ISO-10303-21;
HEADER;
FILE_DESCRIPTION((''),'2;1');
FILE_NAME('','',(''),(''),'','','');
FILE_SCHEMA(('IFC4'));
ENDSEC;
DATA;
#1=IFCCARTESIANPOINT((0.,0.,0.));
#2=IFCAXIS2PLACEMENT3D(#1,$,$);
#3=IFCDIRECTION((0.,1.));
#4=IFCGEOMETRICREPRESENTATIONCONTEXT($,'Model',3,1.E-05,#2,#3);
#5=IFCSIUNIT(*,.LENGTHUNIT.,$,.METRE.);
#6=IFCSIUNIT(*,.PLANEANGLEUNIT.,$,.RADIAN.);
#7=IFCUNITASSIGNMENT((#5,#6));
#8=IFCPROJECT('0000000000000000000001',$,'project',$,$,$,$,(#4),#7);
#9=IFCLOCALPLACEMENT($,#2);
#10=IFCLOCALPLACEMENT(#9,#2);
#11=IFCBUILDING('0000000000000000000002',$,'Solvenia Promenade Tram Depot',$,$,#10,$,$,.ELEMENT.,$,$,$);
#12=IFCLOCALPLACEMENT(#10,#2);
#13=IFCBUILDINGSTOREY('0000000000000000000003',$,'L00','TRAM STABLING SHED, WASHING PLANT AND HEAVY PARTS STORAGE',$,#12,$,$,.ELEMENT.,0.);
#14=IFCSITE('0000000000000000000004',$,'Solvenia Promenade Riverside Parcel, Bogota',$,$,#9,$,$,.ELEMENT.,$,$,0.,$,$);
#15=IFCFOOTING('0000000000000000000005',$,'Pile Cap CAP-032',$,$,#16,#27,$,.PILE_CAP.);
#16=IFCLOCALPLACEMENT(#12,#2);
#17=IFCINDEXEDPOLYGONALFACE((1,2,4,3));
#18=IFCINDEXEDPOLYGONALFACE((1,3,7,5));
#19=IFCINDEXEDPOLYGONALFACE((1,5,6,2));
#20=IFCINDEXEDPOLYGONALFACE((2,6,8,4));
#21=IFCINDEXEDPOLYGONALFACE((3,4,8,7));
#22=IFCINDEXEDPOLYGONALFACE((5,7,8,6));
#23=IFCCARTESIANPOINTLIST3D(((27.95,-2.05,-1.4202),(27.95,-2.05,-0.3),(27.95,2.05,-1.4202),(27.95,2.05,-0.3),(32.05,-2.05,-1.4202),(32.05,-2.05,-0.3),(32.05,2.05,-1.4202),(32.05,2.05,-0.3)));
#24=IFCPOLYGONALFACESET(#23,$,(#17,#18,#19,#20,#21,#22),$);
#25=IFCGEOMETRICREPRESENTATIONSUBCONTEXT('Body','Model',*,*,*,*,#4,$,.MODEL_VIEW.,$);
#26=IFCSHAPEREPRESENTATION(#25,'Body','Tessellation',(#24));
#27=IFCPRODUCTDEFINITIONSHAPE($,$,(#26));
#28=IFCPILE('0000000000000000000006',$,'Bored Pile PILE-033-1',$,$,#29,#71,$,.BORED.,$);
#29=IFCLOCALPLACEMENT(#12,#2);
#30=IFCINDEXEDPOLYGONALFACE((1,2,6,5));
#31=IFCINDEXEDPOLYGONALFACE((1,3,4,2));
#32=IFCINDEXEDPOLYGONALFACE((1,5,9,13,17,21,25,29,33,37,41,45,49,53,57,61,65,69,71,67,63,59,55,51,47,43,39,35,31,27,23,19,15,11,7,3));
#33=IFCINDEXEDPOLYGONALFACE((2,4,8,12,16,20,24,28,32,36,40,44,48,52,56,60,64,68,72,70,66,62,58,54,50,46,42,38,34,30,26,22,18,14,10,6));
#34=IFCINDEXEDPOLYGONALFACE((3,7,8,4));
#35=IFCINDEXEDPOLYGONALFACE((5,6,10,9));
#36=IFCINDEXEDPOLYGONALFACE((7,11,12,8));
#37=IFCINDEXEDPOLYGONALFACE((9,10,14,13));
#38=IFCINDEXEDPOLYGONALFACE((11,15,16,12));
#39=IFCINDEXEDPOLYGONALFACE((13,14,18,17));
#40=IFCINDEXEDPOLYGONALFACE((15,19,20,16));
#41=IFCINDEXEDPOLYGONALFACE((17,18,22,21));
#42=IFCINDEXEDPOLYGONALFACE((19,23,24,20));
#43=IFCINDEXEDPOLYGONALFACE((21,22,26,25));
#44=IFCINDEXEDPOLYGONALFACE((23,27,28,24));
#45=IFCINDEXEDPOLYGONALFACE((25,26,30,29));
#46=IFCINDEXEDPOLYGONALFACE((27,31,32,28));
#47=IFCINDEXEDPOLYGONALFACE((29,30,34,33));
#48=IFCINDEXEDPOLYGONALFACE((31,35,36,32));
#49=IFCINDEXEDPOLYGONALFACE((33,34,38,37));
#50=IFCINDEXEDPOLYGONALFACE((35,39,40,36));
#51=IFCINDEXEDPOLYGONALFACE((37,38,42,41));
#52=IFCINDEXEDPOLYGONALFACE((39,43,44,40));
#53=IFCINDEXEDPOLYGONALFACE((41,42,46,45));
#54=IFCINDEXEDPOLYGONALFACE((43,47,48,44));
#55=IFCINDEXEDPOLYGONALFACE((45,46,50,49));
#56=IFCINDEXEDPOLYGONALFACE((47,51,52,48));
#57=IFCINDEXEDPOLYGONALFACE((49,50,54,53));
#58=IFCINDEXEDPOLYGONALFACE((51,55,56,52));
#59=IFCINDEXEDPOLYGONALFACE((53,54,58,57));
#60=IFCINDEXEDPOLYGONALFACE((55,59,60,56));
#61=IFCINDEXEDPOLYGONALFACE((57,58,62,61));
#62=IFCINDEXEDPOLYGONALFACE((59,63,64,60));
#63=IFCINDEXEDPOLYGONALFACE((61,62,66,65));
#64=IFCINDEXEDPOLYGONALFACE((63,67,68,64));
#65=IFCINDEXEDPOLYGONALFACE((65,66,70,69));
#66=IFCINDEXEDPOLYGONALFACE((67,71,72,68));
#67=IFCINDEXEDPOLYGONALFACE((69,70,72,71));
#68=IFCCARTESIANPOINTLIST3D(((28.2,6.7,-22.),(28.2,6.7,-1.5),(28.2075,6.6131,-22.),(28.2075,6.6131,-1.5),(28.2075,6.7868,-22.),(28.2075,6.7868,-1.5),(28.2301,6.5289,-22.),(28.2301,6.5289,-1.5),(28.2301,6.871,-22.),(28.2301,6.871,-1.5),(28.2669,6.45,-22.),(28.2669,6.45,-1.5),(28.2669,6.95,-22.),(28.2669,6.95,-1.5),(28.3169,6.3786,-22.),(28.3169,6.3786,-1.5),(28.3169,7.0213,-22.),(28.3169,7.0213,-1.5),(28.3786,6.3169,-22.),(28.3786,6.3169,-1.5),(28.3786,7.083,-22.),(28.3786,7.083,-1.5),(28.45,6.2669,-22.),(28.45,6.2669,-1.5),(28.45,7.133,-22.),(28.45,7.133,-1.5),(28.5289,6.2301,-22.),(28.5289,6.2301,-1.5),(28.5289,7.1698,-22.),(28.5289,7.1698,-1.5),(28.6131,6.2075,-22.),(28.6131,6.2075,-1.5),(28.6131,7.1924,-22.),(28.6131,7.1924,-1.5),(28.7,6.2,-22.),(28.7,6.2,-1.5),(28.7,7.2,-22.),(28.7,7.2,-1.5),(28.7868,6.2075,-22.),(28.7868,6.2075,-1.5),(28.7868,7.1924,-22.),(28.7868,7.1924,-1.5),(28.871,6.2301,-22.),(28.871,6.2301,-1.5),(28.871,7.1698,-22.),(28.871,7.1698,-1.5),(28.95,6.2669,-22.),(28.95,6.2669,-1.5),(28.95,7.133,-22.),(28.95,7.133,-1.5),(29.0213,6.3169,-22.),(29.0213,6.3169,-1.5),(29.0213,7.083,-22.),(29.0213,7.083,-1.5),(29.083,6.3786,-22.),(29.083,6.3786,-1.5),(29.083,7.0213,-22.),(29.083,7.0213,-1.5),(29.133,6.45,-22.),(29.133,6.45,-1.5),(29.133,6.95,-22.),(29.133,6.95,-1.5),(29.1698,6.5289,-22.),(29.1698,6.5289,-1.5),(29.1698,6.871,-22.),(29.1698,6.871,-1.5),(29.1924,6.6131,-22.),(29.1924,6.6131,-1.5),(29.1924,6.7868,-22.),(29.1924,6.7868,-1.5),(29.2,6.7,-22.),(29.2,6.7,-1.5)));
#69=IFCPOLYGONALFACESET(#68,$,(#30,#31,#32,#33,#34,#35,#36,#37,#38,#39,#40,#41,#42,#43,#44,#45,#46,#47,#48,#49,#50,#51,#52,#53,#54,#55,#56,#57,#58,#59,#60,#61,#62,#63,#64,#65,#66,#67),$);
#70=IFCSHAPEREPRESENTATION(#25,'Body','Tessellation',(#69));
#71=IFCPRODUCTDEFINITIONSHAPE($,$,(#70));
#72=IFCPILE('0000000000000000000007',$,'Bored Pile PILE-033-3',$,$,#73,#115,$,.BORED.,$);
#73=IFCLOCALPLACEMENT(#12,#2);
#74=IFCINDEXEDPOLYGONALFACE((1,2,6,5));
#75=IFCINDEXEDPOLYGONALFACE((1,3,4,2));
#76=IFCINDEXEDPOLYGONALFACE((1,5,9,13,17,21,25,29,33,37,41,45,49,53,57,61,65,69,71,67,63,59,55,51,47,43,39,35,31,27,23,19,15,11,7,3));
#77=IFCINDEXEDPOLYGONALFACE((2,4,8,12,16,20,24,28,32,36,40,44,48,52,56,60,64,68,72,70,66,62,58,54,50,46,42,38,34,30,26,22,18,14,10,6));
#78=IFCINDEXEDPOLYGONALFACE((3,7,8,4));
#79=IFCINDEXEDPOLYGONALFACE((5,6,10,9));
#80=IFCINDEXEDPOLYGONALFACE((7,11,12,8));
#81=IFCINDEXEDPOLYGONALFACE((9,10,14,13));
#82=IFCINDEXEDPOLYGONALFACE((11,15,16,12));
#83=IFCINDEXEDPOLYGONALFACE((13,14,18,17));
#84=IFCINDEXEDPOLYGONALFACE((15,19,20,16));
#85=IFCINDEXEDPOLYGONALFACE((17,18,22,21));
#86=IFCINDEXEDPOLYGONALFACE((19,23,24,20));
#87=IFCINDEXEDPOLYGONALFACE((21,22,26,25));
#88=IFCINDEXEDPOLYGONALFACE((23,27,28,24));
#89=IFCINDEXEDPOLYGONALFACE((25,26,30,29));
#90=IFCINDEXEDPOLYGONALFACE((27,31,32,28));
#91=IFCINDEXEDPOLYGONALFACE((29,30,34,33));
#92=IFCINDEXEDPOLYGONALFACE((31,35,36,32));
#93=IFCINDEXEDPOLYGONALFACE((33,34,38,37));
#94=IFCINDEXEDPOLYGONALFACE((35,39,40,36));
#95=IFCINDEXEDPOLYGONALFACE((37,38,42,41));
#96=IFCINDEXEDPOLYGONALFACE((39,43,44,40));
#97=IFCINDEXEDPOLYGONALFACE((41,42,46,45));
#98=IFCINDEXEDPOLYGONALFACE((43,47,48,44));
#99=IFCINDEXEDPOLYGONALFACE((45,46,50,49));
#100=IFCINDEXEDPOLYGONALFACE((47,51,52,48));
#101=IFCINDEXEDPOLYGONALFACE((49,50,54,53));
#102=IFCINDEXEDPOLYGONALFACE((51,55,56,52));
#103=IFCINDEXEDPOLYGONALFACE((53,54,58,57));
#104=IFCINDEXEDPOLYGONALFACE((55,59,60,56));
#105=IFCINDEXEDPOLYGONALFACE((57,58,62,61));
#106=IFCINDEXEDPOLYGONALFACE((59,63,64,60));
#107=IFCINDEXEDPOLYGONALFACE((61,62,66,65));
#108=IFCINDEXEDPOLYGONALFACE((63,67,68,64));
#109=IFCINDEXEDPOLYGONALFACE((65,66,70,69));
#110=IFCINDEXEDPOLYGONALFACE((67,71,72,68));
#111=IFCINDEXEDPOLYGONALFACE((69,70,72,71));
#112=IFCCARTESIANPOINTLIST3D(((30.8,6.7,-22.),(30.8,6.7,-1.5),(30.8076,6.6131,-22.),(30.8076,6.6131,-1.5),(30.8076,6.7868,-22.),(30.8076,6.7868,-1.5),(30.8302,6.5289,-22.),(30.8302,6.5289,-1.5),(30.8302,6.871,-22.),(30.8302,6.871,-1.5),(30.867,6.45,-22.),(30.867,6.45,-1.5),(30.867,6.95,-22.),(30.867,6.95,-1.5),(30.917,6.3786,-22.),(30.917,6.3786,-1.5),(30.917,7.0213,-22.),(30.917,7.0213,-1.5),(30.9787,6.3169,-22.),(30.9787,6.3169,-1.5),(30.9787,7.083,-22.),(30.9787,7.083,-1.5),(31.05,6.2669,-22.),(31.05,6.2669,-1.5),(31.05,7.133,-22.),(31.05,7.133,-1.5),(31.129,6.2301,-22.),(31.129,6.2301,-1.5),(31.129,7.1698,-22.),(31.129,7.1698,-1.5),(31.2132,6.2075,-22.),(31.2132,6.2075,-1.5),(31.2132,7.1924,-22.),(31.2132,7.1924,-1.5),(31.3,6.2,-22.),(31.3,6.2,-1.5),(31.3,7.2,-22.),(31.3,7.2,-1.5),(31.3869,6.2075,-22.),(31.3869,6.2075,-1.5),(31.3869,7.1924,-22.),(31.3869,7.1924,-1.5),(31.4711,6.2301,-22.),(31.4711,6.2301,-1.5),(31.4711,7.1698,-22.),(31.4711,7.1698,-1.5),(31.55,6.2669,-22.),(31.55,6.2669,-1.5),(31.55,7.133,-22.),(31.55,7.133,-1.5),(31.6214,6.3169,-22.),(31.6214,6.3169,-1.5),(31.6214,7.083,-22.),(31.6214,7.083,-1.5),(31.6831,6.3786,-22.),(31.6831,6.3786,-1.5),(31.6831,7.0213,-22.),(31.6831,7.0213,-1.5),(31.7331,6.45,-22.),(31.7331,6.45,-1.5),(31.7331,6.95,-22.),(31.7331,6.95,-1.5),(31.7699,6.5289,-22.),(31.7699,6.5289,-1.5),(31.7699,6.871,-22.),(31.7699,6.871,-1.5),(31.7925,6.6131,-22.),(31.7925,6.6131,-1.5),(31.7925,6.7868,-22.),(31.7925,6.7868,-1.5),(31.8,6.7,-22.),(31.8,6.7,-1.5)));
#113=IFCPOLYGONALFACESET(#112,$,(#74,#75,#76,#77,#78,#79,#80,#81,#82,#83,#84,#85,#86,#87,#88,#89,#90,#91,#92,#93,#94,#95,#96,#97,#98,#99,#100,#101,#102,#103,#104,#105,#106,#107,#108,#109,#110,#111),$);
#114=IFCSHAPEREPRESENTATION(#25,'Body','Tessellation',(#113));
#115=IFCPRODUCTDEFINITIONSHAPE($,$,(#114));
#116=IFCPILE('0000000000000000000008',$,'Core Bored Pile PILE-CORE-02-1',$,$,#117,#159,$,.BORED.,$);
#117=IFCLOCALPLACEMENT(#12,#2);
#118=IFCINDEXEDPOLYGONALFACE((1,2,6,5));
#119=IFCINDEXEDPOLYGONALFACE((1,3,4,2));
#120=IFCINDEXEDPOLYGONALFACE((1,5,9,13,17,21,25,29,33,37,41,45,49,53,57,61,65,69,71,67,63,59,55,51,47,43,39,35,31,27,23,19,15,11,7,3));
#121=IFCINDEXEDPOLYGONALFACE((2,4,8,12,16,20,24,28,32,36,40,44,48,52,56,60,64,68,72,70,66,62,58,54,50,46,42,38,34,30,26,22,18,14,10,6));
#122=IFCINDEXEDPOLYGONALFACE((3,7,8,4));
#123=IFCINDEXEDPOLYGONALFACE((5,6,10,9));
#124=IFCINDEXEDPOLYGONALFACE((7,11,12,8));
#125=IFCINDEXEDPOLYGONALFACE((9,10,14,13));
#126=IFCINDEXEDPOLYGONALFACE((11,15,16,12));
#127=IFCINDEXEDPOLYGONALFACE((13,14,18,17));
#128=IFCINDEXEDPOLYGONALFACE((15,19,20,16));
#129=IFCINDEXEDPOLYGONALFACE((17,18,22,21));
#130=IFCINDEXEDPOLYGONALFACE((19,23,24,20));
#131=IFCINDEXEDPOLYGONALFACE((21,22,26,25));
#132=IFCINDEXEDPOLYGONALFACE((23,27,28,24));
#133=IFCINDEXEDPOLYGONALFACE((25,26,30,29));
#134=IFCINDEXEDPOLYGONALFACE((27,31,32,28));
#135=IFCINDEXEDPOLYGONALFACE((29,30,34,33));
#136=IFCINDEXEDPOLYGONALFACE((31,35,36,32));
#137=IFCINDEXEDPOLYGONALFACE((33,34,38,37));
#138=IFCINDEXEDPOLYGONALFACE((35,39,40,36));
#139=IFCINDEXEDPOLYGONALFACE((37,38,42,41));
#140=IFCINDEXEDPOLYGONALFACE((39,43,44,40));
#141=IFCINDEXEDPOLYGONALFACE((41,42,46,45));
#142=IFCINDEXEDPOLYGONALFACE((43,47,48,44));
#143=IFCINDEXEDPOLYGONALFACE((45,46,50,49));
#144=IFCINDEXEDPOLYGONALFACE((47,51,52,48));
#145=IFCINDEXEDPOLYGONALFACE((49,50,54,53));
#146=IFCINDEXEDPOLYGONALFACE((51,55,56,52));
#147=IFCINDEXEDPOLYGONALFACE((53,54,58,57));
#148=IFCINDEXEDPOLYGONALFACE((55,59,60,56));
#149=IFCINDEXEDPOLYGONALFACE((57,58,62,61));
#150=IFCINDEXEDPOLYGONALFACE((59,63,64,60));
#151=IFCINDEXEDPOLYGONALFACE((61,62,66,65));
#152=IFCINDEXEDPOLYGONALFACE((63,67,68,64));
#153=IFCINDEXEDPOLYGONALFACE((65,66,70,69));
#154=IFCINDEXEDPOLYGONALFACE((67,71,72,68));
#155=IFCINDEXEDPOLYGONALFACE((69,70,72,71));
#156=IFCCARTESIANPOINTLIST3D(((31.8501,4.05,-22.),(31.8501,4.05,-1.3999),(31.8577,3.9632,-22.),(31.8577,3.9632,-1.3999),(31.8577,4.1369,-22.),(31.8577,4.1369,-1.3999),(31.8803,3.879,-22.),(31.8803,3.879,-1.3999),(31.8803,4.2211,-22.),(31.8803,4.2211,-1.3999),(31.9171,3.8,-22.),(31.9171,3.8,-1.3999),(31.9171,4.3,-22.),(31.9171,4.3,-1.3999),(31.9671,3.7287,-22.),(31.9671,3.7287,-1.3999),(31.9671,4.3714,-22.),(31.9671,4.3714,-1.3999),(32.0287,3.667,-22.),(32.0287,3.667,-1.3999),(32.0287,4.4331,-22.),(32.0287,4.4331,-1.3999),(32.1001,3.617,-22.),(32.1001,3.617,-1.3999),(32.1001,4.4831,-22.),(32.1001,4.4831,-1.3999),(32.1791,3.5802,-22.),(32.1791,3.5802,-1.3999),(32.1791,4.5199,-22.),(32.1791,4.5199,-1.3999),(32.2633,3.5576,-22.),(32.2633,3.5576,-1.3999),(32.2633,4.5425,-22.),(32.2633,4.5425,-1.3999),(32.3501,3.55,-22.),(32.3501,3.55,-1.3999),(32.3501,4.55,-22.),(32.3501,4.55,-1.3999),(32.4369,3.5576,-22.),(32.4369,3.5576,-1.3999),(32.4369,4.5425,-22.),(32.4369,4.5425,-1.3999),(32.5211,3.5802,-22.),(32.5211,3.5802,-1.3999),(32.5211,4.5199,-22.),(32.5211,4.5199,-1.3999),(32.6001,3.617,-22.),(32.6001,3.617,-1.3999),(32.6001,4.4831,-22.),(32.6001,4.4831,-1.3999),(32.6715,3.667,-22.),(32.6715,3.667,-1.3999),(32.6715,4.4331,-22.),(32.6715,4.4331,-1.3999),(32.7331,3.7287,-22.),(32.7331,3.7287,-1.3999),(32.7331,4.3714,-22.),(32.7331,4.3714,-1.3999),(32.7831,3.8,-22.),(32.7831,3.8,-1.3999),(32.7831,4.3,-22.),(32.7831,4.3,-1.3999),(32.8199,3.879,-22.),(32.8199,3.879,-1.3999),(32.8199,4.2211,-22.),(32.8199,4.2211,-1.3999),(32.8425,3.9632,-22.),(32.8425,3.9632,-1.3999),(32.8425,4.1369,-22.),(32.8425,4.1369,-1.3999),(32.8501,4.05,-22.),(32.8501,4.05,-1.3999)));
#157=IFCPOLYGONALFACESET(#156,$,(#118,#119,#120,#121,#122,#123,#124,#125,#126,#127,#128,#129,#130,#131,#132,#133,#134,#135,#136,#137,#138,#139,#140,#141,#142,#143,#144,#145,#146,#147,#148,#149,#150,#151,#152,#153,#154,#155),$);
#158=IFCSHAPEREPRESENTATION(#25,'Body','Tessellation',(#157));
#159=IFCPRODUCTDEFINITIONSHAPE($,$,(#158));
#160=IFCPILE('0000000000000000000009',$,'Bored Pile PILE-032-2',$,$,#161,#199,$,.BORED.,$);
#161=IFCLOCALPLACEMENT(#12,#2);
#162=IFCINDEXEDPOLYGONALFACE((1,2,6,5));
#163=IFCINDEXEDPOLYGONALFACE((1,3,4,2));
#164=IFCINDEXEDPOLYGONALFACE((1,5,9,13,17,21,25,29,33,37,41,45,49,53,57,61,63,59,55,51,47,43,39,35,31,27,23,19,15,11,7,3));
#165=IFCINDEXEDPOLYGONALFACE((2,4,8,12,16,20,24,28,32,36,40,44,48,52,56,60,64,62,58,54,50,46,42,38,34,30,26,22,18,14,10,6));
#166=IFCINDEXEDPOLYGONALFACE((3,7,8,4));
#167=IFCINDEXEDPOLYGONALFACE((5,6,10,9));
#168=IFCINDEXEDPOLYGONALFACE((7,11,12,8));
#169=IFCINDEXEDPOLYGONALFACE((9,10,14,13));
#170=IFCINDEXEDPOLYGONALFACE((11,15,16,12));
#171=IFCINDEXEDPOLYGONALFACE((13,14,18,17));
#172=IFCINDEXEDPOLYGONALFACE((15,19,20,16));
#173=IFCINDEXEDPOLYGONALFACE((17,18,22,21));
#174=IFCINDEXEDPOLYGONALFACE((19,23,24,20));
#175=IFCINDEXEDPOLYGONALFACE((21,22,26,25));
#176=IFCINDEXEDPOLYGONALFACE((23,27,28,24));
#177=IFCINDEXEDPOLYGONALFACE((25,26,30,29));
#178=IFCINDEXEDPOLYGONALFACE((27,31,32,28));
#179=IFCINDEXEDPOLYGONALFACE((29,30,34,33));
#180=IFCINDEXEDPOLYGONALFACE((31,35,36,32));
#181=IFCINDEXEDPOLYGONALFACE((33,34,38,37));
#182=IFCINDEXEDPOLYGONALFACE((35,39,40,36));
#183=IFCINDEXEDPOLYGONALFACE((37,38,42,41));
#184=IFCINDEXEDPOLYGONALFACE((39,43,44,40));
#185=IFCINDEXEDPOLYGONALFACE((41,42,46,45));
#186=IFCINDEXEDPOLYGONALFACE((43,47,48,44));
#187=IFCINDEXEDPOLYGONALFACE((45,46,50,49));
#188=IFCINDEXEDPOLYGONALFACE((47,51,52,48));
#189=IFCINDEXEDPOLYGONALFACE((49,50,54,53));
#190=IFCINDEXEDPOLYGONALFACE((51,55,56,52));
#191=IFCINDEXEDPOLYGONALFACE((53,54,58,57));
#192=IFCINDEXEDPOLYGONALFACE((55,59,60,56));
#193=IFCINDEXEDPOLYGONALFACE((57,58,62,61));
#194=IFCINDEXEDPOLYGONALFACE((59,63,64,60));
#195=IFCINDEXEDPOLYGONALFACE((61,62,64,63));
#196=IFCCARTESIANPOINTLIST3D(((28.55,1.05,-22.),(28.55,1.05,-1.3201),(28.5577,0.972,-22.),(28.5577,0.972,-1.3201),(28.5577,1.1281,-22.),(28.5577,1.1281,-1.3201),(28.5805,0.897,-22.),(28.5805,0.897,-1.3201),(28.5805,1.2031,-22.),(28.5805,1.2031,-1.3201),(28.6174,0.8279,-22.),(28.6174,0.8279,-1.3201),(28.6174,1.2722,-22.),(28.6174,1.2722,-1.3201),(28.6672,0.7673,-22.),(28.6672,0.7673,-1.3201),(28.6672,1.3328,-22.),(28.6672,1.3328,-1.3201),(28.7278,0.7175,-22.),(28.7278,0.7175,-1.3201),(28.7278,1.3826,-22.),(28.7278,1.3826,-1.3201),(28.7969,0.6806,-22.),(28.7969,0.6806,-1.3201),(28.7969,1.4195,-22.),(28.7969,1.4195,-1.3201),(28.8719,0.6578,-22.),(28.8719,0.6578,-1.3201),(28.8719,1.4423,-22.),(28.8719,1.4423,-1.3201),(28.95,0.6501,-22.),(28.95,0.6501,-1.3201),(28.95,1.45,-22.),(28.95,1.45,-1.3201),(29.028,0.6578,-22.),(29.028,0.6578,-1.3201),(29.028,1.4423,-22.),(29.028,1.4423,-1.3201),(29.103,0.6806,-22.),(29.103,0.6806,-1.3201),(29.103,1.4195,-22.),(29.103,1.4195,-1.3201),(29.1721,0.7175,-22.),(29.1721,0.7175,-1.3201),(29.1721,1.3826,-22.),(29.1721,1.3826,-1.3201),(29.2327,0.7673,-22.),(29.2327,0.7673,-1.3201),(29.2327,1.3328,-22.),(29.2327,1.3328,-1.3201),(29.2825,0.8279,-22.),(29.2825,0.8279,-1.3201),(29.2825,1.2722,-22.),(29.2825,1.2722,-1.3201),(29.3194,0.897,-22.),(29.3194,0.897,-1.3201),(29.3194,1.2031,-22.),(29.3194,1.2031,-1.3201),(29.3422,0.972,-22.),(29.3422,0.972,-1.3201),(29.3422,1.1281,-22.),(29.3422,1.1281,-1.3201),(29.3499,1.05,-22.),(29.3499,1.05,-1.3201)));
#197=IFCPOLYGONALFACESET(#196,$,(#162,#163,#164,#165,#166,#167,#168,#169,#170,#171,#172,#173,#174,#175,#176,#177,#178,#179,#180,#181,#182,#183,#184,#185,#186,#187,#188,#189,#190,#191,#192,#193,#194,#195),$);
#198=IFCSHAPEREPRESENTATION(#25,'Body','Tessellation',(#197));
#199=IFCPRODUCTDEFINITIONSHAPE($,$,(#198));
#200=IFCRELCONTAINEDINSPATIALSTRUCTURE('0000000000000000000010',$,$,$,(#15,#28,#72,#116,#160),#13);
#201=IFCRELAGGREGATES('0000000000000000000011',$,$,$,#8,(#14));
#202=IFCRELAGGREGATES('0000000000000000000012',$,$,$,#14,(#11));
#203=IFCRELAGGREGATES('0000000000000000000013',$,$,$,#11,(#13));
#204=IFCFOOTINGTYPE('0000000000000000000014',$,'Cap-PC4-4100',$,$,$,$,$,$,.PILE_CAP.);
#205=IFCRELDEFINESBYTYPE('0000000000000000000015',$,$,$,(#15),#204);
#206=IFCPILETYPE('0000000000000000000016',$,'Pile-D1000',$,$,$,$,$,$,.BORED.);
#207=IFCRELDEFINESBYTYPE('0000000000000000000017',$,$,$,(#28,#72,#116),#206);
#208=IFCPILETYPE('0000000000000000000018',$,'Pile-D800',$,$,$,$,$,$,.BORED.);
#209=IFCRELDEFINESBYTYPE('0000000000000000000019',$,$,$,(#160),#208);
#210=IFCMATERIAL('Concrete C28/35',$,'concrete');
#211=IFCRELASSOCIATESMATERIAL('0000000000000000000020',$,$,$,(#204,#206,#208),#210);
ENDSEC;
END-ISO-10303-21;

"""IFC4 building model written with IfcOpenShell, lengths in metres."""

from ifc_helpers import new_model, si_unit, direction, frame, origin, origin_2d, place, context, subcontext, project, spatial, rectangle, circle, extrude, material, material_profile, profile_set, type_object, element, save


model = new_model("IFC4")

# Units and contexts
model_context = context("Model", 3, precision=1e-05, world=origin(), true_north=direction((0.0, 1.0)))
body_context = subcontext(model_context, "Body", "Model", "MODEL_VIEW")
ifc_project = project(units=[si_unit("LENGTHUNIT", "METRE"), si_unit("PLANEANGLEUNIT", "RADIAN")], contexts=[model_context])

# Site, building, storey
site_placement = place(None, origin())
site = spatial("IfcSite", under=ifc_project, at=site_placement, Name="Solvenia Promenade Riverside Parcel, Bogota", CompositionType="ELEMENT", RefElevation=0.0)
building_placement = place(site_placement, origin())
building = spatial("IfcBuilding", under=site, at=building_placement, Name="Solvenia Promenade Tram Depot", CompositionType="ELEMENT")
storey_placement = place(building_placement, origin())
storey = spatial("IfcBuildingStorey", under=building, at=storey_placement, Name="L00", Description="TRAM STABLING SHED, WASHING PLANT AND HEAVY PARTS STORAGE", CompositionType="ELEMENT", Elevation=0.0)

# Footing
ifc_material_1 = material(Name="Concrete C28/35", Category="concrete")
footing_type_1 = type_object("IfcFootingType", Name="Cap-PC4-4100", PredefinedType="PILE_CAP", material=ifc_material_1)
footing_1_placement = place(storey_placement, frame((30.0, 0.0, -1.4202), z_axis=(0.0, 0.0, 1.0), x_axis=(1.0, 0.0, 0.0)))
element("IfcFooting", 1, at=footing_1_placement, inside=storey, type_object=footing_type_1, Name="Pile Cap CAP-032", PredefinedType="PILE_CAP", context=body_context, shape_type="SweptSolid", body=[
    extrude(rectangle(XDim=4.1001, YDim=4.1001, at=origin_2d()), origin(), (0.0, 0.0, 1.0), 1.1201),
])

# Piles
ifc_material_profile_1 = material_profile(ifc_material_1, circle(Radius=0.5, at=origin_2d()), Name="D1000", Category="concrete")
ifc_profile_set_1 = profile_set([ifc_material_profile_1], Name="Concrete C28/35")
pile_type_1 = type_object("IfcPileType", Name="Pile-D1000", PredefinedType="BORED", material=ifc_profile_set_1)
for number, where, z_axis, x_axis, name in (
    (2, (28.7, 6.7, -1.5), (0.0, 0.0, -1.0), (1.0, 0.0, 0.0), "Bored Pile PILE-033-1"),
    (3, (31.3, 6.7, -1.5), (0.0, 0.0, -1.0), (1.0, 0.0, 0.0), "Bored Pile PILE-033-3"),
):
    element("IfcPile", number, at=place(storey_placement, frame(where, z_axis=z_axis, x_axis=x_axis)), inside=storey, type_object=pile_type_1, Name=name, PredefinedType="BORED", context=body_context, shape_type="SweptSolid", body=[
        extrude(circle(Radius=0.5, at=origin_2d()), origin(), (0.0, 0.0, 1.0), 20.5),
    ])
pile_placement = place(storey_placement, frame((32.3501, 4.05, -1.3999), z_axis=(0.0, 0.0, -1.0), x_axis=(1.0, 0.0, 0.0)))
element("IfcPile", 4, at=pile_placement, inside=storey, type_object=pile_type_1, Name="Core Bored Pile PILE-CORE-02-1", PredefinedType="BORED", context=body_context, shape_type="SweptSolid", body=[
    extrude(circle(Radius=0.5, at=origin_2d()), origin(), (0.0, 0.0, 1.0), 20.6001),
])
ifc_material_profile_2 = material_profile(ifc_material_1, circle(Radius=0.3999, at=origin_2d()), Name="D800", Category="concrete")
ifc_profile_set_2 = profile_set([ifc_material_profile_2], Name="Concrete C28/35")
pile_type_2 = type_object("IfcPileType", Name="Pile-D800", PredefinedType="BORED", material=ifc_profile_set_2)
for number, where, z_axis, x_axis, name in (
    (5, (28.95, 1.05, -1.3201), (0.0, 0.0, -1.0), (1.0, 0.0, 0.0), "Bored Pile PILE-032-2"),
):
    element("IfcPile", number, at=place(storey_placement, frame(where, z_axis=z_axis, x_axis=x_axis)), inside=storey, type_object=pile_type_2, Name=name, PredefinedType="BORED", context=body_context, shape_type="SweptSolid", body=[
        extrude(circle(Radius=0.3999, at=origin_2d()), origin(), (0.0, 0.0, 1.0), 20.6799),
    ])

save(model, "model.ifc")
